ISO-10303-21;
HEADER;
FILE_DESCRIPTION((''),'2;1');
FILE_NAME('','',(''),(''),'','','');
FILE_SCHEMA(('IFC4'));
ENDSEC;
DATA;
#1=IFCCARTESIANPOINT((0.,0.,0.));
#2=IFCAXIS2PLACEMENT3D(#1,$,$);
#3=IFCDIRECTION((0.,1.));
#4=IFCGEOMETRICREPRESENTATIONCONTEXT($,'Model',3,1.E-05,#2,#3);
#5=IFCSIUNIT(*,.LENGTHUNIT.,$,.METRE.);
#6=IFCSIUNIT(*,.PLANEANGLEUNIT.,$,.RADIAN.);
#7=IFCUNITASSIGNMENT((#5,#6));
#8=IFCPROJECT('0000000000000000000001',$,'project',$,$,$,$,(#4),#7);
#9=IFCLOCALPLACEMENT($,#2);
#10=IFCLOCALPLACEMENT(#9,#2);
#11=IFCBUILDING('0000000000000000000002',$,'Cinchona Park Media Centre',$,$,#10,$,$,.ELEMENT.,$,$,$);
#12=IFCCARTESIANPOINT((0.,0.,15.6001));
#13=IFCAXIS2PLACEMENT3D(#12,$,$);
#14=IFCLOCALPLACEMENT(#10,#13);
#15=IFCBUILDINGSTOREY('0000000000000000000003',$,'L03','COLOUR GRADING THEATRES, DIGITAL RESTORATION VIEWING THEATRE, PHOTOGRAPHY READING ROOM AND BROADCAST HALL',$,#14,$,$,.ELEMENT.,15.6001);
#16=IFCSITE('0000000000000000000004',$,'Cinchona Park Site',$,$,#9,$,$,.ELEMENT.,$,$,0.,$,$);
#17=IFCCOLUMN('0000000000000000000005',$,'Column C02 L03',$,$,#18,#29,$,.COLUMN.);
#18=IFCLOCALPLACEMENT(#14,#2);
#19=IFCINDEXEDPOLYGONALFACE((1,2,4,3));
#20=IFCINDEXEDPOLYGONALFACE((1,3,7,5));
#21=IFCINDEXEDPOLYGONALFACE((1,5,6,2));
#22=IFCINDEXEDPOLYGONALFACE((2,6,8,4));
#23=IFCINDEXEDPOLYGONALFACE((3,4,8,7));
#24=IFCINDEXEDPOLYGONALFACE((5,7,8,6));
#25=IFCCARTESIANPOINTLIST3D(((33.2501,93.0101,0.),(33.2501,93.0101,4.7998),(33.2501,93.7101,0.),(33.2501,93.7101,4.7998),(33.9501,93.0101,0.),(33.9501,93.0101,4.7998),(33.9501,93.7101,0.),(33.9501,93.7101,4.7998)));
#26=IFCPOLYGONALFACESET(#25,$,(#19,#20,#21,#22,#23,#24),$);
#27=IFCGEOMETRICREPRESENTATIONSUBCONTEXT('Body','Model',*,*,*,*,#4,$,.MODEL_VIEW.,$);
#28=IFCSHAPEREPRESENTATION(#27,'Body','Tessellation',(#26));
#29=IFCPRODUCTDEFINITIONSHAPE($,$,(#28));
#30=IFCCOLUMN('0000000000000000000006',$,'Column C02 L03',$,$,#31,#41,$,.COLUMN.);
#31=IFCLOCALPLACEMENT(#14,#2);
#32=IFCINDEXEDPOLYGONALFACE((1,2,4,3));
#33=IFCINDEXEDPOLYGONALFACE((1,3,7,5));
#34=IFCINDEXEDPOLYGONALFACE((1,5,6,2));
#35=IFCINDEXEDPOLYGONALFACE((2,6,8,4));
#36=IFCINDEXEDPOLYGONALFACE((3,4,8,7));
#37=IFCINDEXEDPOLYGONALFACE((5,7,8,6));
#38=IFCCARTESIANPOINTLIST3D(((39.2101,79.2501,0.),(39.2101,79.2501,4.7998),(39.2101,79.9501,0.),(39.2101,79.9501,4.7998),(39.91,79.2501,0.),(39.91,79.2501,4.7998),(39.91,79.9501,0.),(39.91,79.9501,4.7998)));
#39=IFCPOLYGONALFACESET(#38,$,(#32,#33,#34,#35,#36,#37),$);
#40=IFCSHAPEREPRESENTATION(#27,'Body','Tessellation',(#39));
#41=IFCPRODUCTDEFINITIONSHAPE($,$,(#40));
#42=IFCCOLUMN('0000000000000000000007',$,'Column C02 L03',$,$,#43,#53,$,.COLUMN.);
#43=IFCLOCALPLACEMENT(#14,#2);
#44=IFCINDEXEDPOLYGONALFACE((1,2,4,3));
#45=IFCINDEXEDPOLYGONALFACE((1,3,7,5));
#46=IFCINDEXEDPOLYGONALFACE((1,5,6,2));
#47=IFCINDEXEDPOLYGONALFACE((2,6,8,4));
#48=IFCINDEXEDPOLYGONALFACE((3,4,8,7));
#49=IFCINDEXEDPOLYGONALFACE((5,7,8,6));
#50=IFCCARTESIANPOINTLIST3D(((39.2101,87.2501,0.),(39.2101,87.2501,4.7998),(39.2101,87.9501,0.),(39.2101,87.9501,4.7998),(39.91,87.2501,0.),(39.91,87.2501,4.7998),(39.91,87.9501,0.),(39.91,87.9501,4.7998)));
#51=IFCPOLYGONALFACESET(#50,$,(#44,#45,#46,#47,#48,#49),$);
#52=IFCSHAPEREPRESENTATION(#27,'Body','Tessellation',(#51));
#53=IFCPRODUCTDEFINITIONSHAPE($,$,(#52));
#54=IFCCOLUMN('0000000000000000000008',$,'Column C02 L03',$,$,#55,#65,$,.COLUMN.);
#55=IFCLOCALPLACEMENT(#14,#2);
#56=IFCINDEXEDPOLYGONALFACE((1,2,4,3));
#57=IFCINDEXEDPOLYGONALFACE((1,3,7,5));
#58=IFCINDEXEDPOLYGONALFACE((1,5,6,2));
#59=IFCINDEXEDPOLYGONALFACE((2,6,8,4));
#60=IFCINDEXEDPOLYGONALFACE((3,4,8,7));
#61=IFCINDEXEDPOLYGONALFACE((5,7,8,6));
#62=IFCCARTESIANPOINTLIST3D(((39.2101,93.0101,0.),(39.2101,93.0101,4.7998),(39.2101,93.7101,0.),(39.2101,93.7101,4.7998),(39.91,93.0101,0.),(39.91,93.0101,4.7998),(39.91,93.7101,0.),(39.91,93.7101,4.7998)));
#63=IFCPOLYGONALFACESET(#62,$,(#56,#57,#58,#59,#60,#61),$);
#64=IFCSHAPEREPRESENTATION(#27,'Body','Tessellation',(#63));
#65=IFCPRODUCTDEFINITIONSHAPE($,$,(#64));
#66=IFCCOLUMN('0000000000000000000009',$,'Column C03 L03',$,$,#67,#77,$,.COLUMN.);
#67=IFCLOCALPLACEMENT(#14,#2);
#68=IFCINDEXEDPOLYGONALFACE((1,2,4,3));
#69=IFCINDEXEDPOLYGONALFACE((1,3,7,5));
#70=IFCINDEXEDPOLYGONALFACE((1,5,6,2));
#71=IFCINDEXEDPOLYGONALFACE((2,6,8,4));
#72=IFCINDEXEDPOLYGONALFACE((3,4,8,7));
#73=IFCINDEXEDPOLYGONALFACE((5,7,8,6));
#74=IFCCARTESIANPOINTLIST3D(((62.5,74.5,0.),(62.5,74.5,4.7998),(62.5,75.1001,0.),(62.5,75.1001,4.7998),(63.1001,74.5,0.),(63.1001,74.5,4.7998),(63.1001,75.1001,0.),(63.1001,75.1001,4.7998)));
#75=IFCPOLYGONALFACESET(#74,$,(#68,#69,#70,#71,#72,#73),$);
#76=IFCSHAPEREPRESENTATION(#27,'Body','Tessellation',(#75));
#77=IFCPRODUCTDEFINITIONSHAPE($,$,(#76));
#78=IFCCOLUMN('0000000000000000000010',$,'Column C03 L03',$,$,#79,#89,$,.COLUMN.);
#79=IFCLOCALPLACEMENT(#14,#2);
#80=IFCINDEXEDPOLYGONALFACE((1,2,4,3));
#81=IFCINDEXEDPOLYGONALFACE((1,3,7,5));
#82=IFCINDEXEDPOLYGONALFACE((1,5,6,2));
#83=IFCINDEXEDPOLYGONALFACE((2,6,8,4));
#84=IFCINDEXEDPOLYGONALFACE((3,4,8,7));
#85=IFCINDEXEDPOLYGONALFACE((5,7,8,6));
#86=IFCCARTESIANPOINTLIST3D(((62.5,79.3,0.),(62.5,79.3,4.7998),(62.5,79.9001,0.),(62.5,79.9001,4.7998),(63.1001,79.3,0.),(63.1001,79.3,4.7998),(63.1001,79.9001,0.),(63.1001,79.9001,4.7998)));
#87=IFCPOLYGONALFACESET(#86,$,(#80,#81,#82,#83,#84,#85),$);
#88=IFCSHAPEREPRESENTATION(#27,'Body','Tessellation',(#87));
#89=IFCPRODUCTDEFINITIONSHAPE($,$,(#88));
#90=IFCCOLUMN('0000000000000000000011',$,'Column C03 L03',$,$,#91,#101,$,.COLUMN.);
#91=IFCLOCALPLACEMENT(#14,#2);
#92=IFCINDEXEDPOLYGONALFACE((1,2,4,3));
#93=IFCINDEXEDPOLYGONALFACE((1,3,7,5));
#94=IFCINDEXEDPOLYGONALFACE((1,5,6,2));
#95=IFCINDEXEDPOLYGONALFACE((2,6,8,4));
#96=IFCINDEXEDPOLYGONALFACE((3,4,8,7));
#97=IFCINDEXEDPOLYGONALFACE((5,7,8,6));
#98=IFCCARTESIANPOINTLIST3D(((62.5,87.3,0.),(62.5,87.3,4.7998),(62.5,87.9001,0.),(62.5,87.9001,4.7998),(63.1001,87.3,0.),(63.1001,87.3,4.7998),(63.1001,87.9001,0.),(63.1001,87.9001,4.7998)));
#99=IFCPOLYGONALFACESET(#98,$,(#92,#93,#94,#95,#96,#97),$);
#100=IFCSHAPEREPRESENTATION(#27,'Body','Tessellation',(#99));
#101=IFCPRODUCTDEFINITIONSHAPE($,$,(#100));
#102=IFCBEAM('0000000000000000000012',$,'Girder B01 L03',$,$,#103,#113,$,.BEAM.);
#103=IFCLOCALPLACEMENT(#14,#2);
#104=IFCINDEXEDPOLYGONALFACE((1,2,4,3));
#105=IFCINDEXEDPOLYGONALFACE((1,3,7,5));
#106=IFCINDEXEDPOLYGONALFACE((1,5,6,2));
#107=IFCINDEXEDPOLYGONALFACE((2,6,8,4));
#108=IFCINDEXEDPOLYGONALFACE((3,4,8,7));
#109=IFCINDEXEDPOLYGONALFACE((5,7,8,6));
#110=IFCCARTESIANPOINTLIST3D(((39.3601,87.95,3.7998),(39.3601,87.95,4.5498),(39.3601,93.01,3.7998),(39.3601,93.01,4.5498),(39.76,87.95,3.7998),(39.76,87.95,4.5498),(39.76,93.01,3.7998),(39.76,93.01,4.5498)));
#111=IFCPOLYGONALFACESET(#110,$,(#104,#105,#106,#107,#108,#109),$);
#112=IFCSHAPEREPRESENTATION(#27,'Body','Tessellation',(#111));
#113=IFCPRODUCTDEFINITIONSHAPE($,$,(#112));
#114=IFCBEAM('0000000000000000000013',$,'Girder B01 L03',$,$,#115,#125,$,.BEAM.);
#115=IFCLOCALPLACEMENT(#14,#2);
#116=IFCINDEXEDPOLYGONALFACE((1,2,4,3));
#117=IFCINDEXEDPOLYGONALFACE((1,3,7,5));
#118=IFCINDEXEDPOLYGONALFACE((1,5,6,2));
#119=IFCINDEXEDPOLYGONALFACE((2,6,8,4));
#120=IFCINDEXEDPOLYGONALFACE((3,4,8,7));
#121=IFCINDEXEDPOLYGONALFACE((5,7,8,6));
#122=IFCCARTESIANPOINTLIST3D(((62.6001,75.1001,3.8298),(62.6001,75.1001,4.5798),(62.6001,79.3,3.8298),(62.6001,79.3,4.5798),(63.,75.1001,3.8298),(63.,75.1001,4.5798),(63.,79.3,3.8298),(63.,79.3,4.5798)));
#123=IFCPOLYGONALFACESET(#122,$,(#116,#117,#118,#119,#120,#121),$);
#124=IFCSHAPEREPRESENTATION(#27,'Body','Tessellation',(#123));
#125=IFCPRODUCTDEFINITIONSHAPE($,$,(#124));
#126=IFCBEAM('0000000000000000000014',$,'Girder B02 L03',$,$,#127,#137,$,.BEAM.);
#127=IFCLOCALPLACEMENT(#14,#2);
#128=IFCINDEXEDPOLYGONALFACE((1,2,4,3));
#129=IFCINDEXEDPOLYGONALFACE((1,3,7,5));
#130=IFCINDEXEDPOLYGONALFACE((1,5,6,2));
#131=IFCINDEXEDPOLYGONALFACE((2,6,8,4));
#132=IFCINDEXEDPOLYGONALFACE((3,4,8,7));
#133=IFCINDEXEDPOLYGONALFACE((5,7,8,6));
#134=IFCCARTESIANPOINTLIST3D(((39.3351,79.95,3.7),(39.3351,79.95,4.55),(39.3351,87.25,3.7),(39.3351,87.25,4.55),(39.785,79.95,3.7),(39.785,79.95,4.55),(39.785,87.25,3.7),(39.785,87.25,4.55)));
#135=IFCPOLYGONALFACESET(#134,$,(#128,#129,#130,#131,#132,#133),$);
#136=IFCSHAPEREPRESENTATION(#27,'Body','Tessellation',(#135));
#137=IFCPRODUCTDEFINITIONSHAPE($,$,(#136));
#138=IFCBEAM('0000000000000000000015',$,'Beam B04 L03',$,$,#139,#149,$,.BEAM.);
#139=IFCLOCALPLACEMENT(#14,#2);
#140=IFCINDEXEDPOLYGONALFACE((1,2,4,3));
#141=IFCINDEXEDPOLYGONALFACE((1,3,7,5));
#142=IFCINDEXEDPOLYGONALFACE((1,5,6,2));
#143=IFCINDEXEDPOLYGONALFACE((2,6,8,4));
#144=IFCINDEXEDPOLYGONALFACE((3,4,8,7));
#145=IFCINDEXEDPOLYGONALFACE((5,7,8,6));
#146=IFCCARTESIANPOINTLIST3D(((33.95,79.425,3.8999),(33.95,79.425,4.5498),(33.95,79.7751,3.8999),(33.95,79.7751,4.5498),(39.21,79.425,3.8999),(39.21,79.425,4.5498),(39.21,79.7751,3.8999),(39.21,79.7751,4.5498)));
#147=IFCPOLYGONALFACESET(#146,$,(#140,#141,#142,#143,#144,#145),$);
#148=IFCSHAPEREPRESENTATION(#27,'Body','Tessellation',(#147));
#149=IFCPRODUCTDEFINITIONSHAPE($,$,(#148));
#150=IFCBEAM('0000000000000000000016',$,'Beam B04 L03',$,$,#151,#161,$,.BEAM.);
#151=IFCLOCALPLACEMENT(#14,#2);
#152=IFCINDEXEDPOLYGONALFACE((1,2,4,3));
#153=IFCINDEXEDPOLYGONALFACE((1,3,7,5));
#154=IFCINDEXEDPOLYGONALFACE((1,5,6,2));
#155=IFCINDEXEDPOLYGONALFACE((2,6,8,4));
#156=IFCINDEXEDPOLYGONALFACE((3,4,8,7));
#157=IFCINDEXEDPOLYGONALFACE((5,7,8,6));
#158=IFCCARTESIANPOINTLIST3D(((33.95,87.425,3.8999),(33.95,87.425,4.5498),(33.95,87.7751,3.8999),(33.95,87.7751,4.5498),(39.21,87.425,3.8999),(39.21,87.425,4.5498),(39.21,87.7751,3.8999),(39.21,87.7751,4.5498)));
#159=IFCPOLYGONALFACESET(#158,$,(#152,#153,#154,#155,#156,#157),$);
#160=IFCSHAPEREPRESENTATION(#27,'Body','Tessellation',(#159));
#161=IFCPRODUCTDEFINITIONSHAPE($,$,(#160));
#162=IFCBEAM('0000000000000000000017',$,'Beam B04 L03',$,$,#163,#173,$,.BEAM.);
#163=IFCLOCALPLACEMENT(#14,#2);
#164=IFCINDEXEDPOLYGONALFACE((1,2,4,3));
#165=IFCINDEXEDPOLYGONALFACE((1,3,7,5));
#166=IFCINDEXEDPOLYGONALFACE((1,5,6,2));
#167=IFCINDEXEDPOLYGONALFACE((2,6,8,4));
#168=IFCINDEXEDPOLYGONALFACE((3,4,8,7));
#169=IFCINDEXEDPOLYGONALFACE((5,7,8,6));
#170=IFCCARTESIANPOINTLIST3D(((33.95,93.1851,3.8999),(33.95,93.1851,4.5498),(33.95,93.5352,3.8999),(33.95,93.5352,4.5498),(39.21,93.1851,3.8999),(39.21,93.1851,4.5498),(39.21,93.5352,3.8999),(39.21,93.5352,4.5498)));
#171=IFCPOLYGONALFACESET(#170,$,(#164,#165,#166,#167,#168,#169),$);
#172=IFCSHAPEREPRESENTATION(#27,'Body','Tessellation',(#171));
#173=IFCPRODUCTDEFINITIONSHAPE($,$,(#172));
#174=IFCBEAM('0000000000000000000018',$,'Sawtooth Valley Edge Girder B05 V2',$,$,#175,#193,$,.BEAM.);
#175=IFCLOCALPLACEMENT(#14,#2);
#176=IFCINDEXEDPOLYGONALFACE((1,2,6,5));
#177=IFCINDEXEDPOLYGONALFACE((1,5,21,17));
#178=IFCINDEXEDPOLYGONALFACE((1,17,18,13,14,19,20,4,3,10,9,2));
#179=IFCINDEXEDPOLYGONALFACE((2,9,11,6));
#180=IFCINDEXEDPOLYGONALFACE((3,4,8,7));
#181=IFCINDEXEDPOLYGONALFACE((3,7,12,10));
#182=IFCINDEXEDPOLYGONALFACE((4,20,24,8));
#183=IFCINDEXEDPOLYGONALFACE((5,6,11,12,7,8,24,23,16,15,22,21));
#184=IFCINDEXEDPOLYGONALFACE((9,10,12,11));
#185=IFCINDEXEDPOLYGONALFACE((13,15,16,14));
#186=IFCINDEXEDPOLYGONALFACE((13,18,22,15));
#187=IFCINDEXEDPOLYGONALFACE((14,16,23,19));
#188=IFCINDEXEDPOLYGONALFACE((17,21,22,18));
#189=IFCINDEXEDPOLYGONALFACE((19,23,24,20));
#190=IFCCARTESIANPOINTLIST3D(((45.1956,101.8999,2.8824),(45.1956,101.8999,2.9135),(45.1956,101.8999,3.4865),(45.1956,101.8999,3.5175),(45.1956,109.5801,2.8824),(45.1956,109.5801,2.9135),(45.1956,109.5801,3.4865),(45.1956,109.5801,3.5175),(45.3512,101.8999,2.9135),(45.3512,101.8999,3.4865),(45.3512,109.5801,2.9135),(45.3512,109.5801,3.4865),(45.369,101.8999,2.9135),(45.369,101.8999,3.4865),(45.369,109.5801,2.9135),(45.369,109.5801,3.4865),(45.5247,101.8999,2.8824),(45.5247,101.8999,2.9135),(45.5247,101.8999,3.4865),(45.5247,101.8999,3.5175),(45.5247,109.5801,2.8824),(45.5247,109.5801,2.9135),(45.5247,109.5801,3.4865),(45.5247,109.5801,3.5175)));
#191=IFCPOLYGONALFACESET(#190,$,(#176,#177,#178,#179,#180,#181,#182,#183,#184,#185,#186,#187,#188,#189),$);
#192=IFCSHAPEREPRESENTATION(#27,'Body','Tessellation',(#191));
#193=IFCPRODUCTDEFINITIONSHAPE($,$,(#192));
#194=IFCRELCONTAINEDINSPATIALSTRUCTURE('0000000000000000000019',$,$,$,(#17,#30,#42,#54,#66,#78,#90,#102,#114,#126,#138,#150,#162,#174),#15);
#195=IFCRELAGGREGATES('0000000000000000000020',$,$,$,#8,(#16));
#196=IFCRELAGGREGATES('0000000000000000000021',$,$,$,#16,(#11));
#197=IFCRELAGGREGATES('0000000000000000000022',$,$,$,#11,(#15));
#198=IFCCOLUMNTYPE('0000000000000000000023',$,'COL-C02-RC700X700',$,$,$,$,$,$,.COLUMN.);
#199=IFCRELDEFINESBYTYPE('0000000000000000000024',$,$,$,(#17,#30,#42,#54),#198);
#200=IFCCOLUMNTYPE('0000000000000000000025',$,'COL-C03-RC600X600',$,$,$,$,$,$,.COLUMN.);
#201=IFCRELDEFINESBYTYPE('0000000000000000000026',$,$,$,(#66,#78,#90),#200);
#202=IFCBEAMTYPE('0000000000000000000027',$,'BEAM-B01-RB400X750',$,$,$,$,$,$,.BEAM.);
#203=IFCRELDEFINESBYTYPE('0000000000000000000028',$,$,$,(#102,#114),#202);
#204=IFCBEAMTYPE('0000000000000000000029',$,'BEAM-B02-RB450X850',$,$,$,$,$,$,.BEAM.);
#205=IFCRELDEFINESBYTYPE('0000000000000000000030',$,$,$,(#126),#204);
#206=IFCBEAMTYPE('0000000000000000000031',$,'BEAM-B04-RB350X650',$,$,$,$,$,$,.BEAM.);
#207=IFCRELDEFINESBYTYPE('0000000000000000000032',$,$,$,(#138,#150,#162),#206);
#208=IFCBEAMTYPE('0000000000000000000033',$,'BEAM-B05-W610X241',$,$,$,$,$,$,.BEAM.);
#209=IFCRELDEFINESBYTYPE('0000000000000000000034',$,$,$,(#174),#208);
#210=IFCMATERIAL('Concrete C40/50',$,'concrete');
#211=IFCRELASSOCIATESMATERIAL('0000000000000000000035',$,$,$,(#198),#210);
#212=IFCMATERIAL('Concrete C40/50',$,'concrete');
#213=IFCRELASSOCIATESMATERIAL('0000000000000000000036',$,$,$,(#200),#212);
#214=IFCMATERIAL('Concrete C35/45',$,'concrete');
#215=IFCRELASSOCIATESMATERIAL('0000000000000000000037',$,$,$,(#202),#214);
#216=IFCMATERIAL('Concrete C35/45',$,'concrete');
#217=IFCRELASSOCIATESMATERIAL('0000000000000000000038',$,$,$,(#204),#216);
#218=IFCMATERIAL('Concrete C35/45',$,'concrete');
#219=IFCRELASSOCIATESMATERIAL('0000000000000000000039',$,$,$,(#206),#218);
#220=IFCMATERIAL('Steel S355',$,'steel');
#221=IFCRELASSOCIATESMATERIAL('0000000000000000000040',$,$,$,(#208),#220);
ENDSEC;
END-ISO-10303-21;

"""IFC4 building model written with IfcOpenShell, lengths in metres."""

from ifc_helpers import new_model, si_unit, direction, frame, origin, origin_2d, place, context, subcontext, project, spatial, rectangle, i_section, extrude, material, material_profile, profile_set, type_object, element, save


model = new_model("IFC4")

# Units and contexts
model_context = context("Model", 3, precision=1e-05, world=origin(), true_north=direction((0.0, 1.0)))
body_context = subcontext(model_context, "Body", "Model", "MODEL_VIEW")
ifc_project = project(units=[si_unit("LENGTHUNIT", "METRE"), si_unit("PLANEANGLEUNIT", "RADIAN")], contexts=[model_context])

# Site, building, storey
site_placement = place(None, origin())
site = spatial("IfcSite", under=ifc_project, at=site_placement, Name="Cinchona Park Site", CompositionType="ELEMENT", RefElevation=0.0)
building_placement = place(site_placement, origin())
building = spatial("IfcBuilding", under=site, at=building_placement, Name="Cinchona Park Media Centre", CompositionType="ELEMENT")
storey_placement = place(building_placement, frame((0.0, 0.0, 15.6001)))
storey = spatial("IfcBuildingStorey", under=building, at=storey_placement, Name="L03", Description="COLOUR GRADING THEATRES, DIGITAL RESTORATION VIEWING THEATRE, PHOTOGRAPHY READING ROOM AND BROADCAST HALL", CompositionType="ELEMENT", Elevation=15.6001)

# Columns
ifc_material_1 = material(Name="Concrete C40/50", Category="concrete")
ifc_material_profile_1 = material_profile(ifc_material_1, rectangle(XDim=0.7, YDim=0.7, at=origin_2d()), Name="RC 700X700")
ifc_profile_set_1 = profile_set([ifc_material_profile_1], Name="Concrete C40/50")
column_type_1 = type_object("IfcColumnType", Name="COL-C02-RC700X700", PredefinedType="COLUMN", material=ifc_profile_set_1)
for number, where, z_axis, x_axis, name in (
    (1, (33.6001, 93.3601, 0.0), (0.0, 0.0, 1.0), (1.0, 0.0, 0.0), "Column C02 L03"),
    (2, (39.5601, 79.6001, 0.0), (0.0, 0.0, 1.0), (1.0, 0.0, 0.0), "Column C02 L03"),
    (3, (39.5601, 87.6001, 0.0), (0.0, 0.0, 1.0), (1.0, 0.0, 0.0), "Column C02 L03"),
    (4, (39.5601, 93.3601, 0.0), (0.0, 0.0, 1.0), (1.0, 0.0, 0.0), "Column C02 L03"),
):
    element("IfcColumn", number, at=place(storey_placement, frame(where, z_axis=z_axis, x_axis=x_axis)), inside=storey, type_object=column_type_1, Name=name, PredefinedType="COLUMN", context=body_context, shape_type="SweptSolid", body=[
        extrude(rectangle(XDim=0.7, YDim=0.7, at=origin_2d()), origin(), (0.0, 0.0, 1.0), 4.7998),
    ])
ifc_material_2 = material(Name="Concrete C40/50", Category="concrete")
ifc_material_profile_2 = material_profile(ifc_material_2, rectangle(XDim=0.6001, YDim=0.6001, at=origin_2d()), Name="RC 600X600")
ifc_profile_set_2 = profile_set([ifc_material_profile_2], Name="Concrete C40/50")
column_type_2 = type_object("IfcColumnType", Name="COL-C03-RC600X600", PredefinedType="COLUMN", material=ifc_profile_set_2)
for number, where, z_axis, x_axis, name in (
    (5, (62.8, 74.8, 0.0), (0.0, 0.0, 1.0), (1.0, 0.0, 0.0), "Column C03 L03"),
    (6, (62.8, 79.6001, 0.0), (0.0, 0.0, 1.0), (1.0, 0.0, 0.0), "Column C03 L03"),
    (7, (62.8, 87.6001, 0.0), (0.0, 0.0, 1.0), (1.0, 0.0, 0.0), "Column C03 L03"),
):
    element("IfcColumn", number, at=place(storey_placement, frame(where, z_axis=z_axis, x_axis=x_axis)), inside=storey, type_object=column_type_2, Name=name, PredefinedType="COLUMN", context=body_context, shape_type="SweptSolid", body=[
        extrude(rectangle(XDim=0.6001, YDim=0.6001, at=origin_2d()), origin(), (0.0, 0.0, 1.0), 4.7998),
    ])

# Beams
ifc_material_3 = material(Name="Concrete C35/45", Category="concrete")
ifc_material_profile_3 = material_profile(ifc_material_3, rectangle(XDim=0.3999, YDim=0.75, at=origin_2d()), Name="RB 400X750")
ifc_profile_set_3 = profile_set([ifc_material_profile_3], Name="Concrete C35/45")
beam_type_1 = type_object("IfcBeamType", Name="BEAM-B01-RB400X750", PredefinedType="BEAM", material=ifc_profile_set_3)
beam_1_placement = place(storey_placement, frame((39.5601, 87.95, 4.1748), z_axis=(0.0, 1.0, 0.0), x_axis=(-1.0, 0.0, 0.0)))
element("IfcBeam", 8, at=beam_1_placement, inside=storey, type_object=beam_type_1, Name="Girder B01 L03", PredefinedType="BEAM", context=body_context, shape_type="SweptSolid", body=[
    extrude(rectangle(XDim=0.3999, YDim=0.75, at=origin_2d()), origin(), (0.0, 0.0, 1.0), 5.0601),
])
beam_2_placement = place(storey_placement, frame((62.8, 75.1001, 4.2048), z_axis=(0.0, 1.0, 0.0), x_axis=(-1.0, 0.0, 0.0)))
element("IfcBeam", 9, at=beam_2_placement, inside=storey, type_object=beam_type_1, Name="Girder B01 L03", PredefinedType="BEAM", context=body_context, shape_type="SweptSolid", body=[
    extrude(rectangle(XDim=0.3999, YDim=0.75, at=origin_2d()), origin(), (0.0, 0.0, 1.0), 4.2),
])
ifc_material_4 = material(Name="Concrete C35/45", Category="concrete")
ifc_material_profile_4 = material_profile(ifc_material_4, rectangle(XDim=0.45, YDim=0.8501, at=origin_2d()), Name="RB 450X850")
ifc_profile_set_4 = profile_set([ifc_material_profile_4], Name="Concrete C35/45")
beam_type_2 = type_object("IfcBeamType", Name="BEAM-B02-RB450X850", PredefinedType="BEAM", material=ifc_profile_set_4)
beam_3_placement = place(storey_placement, frame((39.5601, 79.95, 4.125), z_axis=(0.0, 1.0, 0.0), x_axis=(-1.0, 0.0, 0.0)))
element("IfcBeam", 10, at=beam_3_placement, inside=storey, type_object=beam_type_2, Name="Girder B02 L03", PredefinedType="BEAM", context=body_context, shape_type="SweptSolid", body=[
    extrude(rectangle(XDim=0.45, YDim=0.8501, at=origin_2d()), origin(), (0.0, 0.0, 1.0), 7.3),
])
ifc_material_5 = material(Name="Concrete C35/45", Category="concrete")
ifc_material_profile_5 = material_profile(ifc_material_5, rectangle(XDim=0.3501, YDim=0.6499, at=origin_2d()), Name="RB 350X650")
ifc_profile_set_5 = profile_set([ifc_material_profile_5], Name="Concrete C35/45")
beam_type_3 = type_object("IfcBeamType", Name="BEAM-B04-RB350X650", PredefinedType="BEAM", material=ifc_profile_set_5)
for number, where, z_axis, x_axis, name in (
    (11, (33.95, 79.6001, 4.2249), (1.0, 0.0, 0.0), (0.0, 1.0, 0.0), "Beam B04 L03"),
    (12, (33.95, 87.6001, 4.2249), (1.0, 0.0, 0.0), (0.0, 1.0, 0.0), "Beam B04 L03"),
    (13, (33.95, 93.3601, 4.2249), (1.0, 0.0, 0.0), (0.0, 1.0, 0.0), "Beam B04 L03"),
):
    element("IfcBeam", number, at=place(storey_placement, frame(where, z_axis=z_axis, x_axis=x_axis)), inside=storey, type_object=beam_type_3, Name=name, PredefinedType="BEAM", context=body_context, shape_type="SweptSolid", body=[
        extrude(rectangle(XDim=0.3501, YDim=0.6499, at=origin_2d()), origin(), (0.0, 0.0, 1.0), 5.26),
    ])
ifc_material_6 = material(Name="Steel S355", Category="steel")
ifc_material_profile_6 = material_profile(ifc_material_6, i_section(OverallWidth=0.3291, OverallDepth=0.635, WebThickness=0.0178, FlangeThickness=0.031, at=origin_2d()), Name="W610X241")
ifc_profile_set_6 = profile_set([ifc_material_profile_6], Name="Steel S355")
beam_type_4 = type_object("IfcBeamType", Name="BEAM-B05-W610X241", PredefinedType="BEAM", material=ifc_profile_set_6)
beam_4_placement = place(storey_placement, frame((45.3601, 101.8999, 3.2), z_axis=(0.0, 1.0, 0.0), x_axis=(-1.0, 0.0, 0.0)))
element("IfcBeam", 14, at=beam_4_placement, inside=storey, type_object=beam_type_4, Name="Sawtooth Valley Edge Girder B05 V2", PredefinedType="BEAM", context=body_context, shape_type="SweptSolid", body=[
    extrude(i_section(OverallWidth=0.3291, OverallDepth=0.635, WebThickness=0.0178, FlangeThickness=0.031, at=origin_2d()), origin(), (0.0, 0.0, 1.0), 7.6802),
])

save(model, "model.ifc")
